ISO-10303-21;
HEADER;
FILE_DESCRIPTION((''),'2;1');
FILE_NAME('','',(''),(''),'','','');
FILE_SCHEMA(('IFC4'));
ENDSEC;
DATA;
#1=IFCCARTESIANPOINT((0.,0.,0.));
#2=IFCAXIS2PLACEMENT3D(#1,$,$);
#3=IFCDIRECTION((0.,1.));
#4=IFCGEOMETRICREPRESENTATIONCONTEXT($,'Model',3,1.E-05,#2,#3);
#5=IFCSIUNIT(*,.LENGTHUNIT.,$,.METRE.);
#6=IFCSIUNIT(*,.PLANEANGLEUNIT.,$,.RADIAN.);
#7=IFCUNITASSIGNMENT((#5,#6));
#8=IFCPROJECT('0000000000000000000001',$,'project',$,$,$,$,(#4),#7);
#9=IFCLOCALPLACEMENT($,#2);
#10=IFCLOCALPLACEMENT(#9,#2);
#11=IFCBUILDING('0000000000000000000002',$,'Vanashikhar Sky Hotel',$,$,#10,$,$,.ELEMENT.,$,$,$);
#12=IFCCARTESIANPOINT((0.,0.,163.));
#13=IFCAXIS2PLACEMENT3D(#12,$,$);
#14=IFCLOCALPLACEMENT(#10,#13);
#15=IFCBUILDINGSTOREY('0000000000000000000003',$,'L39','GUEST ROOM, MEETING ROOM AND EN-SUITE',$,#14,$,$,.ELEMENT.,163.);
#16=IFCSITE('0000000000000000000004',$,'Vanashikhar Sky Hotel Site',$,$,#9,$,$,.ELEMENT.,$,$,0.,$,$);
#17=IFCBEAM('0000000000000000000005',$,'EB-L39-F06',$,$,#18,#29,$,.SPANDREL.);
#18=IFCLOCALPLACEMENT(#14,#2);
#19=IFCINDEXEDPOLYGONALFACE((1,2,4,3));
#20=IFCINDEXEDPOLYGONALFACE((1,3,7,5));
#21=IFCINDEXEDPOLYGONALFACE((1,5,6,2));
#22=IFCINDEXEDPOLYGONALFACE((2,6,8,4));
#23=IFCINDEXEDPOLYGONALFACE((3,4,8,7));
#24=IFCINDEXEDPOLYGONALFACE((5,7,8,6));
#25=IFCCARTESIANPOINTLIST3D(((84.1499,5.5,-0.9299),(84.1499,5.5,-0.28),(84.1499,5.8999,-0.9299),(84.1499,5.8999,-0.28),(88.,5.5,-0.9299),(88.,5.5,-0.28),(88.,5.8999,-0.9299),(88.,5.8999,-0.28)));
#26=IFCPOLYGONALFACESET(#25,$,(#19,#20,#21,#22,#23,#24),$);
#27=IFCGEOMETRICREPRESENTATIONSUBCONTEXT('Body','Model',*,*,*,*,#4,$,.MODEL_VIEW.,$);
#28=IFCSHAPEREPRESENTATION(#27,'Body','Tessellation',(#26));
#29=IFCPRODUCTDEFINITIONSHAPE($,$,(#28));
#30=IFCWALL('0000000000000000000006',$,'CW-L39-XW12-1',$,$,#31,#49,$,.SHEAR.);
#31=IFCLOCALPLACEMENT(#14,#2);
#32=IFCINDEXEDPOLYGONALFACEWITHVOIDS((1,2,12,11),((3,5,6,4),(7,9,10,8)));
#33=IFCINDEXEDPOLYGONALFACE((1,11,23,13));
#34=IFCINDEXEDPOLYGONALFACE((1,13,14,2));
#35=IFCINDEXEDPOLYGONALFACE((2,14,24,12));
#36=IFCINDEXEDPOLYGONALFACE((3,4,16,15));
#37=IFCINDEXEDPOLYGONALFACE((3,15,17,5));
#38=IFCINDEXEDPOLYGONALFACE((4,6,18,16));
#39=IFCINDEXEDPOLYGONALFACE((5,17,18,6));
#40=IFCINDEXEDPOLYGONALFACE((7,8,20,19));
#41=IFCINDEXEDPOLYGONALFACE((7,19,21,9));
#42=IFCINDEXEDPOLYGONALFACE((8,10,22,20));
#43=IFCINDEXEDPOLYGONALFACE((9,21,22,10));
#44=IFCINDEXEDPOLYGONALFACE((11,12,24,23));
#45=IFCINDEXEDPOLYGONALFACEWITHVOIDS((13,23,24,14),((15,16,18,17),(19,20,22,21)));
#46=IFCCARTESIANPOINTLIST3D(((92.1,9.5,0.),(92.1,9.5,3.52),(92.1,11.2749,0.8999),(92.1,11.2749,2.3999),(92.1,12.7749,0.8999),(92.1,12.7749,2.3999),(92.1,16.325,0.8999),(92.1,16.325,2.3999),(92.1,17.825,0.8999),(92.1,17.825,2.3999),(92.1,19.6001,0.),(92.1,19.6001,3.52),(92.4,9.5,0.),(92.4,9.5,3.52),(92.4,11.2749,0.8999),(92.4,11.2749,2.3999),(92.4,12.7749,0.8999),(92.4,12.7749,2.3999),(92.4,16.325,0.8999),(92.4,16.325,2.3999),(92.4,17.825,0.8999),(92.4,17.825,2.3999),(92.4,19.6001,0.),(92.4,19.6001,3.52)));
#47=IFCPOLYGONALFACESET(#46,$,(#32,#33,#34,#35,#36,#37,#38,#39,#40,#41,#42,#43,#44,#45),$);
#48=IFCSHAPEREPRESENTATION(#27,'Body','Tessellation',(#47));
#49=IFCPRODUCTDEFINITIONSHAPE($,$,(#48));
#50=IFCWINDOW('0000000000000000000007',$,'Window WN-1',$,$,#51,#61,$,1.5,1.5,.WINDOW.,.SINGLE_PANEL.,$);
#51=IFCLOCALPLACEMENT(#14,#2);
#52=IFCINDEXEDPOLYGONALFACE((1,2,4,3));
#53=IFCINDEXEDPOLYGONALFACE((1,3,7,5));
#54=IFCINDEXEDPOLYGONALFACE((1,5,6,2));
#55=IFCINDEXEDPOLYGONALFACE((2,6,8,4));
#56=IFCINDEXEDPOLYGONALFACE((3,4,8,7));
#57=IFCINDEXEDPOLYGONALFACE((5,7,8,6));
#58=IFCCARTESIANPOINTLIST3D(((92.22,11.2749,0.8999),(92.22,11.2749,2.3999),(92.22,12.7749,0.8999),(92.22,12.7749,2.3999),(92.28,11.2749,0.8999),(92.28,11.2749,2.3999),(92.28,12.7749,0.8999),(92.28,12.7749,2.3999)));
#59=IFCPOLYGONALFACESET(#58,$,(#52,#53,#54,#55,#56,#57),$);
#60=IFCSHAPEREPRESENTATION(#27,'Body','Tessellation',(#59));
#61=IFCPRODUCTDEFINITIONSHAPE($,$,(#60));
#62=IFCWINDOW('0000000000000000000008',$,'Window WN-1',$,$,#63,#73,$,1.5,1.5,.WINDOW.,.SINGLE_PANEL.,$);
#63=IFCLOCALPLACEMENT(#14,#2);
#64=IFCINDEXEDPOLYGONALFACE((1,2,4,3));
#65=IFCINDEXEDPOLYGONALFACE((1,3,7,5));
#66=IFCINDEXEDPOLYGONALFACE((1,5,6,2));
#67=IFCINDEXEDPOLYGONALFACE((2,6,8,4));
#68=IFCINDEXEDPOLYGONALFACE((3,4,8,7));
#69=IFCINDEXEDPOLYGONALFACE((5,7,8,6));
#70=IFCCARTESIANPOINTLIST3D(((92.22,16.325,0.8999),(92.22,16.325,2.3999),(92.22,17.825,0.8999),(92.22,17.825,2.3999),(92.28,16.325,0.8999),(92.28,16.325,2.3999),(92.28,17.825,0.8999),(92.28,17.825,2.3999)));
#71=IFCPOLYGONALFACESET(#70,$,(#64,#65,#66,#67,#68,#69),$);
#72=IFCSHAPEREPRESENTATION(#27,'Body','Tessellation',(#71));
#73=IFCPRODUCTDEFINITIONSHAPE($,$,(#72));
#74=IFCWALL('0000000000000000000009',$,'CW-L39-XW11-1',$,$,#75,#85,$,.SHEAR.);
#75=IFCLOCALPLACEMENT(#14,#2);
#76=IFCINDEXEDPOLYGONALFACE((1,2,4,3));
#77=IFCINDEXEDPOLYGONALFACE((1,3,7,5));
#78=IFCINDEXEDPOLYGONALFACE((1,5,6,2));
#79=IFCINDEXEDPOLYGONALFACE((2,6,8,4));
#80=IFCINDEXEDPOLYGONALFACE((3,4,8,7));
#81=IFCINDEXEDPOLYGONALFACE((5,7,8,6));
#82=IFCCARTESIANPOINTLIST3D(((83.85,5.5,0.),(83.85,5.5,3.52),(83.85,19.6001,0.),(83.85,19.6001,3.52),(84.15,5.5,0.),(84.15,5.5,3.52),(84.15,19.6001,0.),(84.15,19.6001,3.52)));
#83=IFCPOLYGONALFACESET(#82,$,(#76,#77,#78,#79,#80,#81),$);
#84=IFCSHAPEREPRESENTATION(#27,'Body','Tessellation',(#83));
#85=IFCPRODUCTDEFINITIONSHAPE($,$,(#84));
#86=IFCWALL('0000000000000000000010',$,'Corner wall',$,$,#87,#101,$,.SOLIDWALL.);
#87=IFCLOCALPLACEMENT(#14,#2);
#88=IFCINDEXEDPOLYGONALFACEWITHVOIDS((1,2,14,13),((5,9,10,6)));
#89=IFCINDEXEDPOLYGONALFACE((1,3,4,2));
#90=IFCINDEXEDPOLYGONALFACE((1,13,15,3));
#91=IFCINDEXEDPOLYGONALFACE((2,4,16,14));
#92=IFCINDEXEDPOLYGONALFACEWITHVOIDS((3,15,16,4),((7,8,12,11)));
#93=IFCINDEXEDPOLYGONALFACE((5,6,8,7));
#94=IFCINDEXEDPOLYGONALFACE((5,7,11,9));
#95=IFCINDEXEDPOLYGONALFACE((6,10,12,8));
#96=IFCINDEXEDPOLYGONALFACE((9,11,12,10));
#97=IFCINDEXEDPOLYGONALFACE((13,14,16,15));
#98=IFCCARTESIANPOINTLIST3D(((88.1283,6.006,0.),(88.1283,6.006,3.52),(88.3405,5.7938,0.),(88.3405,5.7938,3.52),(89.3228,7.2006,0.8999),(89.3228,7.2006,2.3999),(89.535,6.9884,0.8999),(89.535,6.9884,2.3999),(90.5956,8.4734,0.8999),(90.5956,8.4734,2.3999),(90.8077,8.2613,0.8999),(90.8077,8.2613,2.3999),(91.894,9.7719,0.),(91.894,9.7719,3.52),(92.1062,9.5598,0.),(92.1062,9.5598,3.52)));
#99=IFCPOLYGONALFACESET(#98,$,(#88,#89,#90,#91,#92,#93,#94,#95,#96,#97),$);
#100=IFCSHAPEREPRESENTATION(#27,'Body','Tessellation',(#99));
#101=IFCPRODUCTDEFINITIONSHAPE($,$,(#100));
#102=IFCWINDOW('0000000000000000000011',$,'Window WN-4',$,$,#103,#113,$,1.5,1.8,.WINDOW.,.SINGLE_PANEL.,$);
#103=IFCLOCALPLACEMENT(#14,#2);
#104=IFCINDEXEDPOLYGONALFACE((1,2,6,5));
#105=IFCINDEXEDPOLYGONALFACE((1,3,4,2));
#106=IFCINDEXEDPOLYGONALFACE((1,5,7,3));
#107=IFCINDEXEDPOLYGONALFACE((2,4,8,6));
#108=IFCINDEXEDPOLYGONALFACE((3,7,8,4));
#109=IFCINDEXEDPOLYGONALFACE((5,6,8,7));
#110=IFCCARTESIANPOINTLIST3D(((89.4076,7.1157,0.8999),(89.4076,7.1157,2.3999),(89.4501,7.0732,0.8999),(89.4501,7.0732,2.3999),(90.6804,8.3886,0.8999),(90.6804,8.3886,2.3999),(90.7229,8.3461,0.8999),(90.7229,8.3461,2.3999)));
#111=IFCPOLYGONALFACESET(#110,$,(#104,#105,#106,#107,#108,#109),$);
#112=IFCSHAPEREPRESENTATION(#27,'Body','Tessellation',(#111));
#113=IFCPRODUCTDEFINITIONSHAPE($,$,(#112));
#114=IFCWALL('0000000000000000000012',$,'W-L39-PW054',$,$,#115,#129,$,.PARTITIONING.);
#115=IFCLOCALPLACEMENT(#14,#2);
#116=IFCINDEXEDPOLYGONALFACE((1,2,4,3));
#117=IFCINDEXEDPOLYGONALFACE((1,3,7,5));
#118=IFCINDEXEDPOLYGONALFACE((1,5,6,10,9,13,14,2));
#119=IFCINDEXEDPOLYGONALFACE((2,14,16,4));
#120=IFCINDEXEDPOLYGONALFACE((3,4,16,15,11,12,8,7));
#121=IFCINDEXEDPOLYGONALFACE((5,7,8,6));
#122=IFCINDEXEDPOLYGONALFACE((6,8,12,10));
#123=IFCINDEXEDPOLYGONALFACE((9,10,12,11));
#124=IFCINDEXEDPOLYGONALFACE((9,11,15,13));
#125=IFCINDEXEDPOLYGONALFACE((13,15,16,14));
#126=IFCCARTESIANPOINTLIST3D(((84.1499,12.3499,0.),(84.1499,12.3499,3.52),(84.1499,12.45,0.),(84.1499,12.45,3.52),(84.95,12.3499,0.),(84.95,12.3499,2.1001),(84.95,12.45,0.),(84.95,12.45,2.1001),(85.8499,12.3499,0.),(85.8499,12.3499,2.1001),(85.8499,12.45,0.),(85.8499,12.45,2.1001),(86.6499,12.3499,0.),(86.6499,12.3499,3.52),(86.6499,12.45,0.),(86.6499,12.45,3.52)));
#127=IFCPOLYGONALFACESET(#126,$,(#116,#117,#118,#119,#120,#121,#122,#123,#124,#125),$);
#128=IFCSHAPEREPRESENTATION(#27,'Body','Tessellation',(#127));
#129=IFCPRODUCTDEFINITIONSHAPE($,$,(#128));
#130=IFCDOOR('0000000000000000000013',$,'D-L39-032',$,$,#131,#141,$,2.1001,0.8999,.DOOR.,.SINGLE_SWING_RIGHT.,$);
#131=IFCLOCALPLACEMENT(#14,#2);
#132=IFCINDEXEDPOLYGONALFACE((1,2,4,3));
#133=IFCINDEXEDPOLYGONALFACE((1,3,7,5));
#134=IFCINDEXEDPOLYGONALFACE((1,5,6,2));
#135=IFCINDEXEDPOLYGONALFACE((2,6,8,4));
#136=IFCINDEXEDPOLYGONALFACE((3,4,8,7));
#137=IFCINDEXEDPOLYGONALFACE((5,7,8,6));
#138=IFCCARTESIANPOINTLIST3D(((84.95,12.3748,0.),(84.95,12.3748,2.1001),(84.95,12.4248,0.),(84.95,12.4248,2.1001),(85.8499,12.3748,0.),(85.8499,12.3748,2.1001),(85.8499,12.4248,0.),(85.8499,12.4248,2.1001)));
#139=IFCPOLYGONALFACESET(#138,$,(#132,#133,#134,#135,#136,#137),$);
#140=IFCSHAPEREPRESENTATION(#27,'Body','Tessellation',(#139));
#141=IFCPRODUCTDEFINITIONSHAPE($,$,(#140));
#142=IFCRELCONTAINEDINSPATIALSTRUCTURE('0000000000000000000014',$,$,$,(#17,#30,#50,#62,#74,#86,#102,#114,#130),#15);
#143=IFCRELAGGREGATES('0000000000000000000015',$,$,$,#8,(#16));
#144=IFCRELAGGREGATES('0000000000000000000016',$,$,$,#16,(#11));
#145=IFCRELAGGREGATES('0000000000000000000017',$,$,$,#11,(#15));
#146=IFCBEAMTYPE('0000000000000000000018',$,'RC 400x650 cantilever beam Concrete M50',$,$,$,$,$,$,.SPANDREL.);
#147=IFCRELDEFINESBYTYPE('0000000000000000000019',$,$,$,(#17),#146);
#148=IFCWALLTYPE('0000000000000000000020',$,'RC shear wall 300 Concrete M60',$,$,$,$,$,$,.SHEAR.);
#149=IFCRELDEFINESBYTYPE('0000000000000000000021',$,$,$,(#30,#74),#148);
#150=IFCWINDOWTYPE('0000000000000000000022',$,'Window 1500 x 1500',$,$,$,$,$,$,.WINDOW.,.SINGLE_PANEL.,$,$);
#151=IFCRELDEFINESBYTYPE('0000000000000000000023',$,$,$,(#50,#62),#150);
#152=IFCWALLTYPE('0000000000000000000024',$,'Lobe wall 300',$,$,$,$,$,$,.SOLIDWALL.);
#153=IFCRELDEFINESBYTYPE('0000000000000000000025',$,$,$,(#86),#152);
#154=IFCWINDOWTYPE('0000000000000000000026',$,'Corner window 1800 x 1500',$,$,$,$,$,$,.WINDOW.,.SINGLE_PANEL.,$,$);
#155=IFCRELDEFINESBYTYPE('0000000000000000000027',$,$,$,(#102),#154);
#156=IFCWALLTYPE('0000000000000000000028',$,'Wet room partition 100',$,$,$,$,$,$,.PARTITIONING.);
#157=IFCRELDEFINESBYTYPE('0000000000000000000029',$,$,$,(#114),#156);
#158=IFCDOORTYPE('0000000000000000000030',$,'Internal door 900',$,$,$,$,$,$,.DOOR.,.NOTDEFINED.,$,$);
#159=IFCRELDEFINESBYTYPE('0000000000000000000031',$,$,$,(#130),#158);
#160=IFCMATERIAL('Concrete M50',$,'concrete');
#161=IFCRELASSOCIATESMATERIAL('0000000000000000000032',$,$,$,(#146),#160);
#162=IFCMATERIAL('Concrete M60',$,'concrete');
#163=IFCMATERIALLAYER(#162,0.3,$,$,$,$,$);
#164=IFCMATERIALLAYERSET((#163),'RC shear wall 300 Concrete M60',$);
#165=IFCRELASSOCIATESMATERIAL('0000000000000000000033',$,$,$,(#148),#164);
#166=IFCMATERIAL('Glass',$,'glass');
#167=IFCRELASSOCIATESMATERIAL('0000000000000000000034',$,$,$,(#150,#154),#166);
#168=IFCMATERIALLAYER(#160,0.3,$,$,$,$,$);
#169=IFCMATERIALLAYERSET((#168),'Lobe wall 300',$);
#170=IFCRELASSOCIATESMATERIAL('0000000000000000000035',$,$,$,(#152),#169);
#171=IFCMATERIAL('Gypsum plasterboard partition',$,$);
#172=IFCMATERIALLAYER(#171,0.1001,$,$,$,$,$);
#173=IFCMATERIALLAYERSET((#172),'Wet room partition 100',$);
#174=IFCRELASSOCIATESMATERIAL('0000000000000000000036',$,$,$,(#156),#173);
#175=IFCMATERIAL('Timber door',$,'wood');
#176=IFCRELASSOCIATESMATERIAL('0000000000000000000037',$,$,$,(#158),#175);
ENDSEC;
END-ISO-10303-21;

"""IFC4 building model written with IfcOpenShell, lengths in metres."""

from ifc_helpers import new_model, si_unit, direction, frame, frame_2d, origin, origin_2d, place, context, subcontext, project, spatial, rectangle, extrude, source, transform, mapped, material, layer, layer_set, material_profile, profile_set, type_object, element, fill, save


model = new_model("IFC4")

# Units and contexts
model_context = context("Model", 3, precision=1e-05, world=origin(), true_north=direction((0.0, 1.0)))
body_context = subcontext(model_context, "Body", "Model", "MODEL_VIEW")
ifc_project = project(units=[si_unit("LENGTHUNIT", "METRE"), si_unit("PLANEANGLEUNIT", "RADIAN")], contexts=[model_context])

# Site, building, storey
site_placement = place(None, origin())
site = spatial("IfcSite", under=ifc_project, at=site_placement, Name="Vanashikhar Sky Hotel Site", CompositionType="ELEMENT", RefElevation=0.0)
building_placement = place(site_placement, origin())
building = spatial("IfcBuilding", under=site, at=building_placement, Name="Vanashikhar Sky Hotel", CompositionType="ELEMENT")
storey_placement = place(building_placement, frame((0.0, 0.0, 163.0)))
storey = spatial("IfcBuildingStorey", under=building, at=storey_placement, Name="L39", Description="GUEST ROOM, MEETING ROOM AND EN-SUITE", CompositionType="ELEMENT", Elevation=163.0)

# Beam
ifc_material_1 = material(Name="Concrete M50", Category="concrete")
ifc_material_profile = material_profile(ifc_material_1, rectangle(XDim=0.3999, YDim=0.6499, at=origin_2d()))
ifc_profile_set = profile_set([ifc_material_profile], Name="RC 400x650 cantilever beam Concrete M50")
beam_type = type_object("IfcBeamType", Name="RC 400x650 cantilever beam Concrete M50", PredefinedType="SPANDREL", material=ifc_profile_set)
shared_shape_1 = source(origin(), body_context, "Body", "SweptSolid", [
    extrude(rectangle(XDim=0.3999, YDim=0.6499, at=origin_2d()), origin(), (0.0, 0.0, 1.0), 3.8501),
])
beam_placement = place(storey_placement, frame((84.1499, 5.7, -0.605), z_axis=(1.0, 0.0, 0.0), x_axis=(0.0, 1.0, 0.0)))
element("IfcBeam", 1, at=beam_placement, inside=storey, type_object=beam_type, Name="EB-L39-F06", PredefinedType="SPANDREL", context=body_context, shape_type="MappedRepresentation", body=[
    mapped(shared_shape_1, transform((0.0, 0.0, 0.0), scale=1.0)),
])

# Wall, openings, windows
ifc_material_2 = material(Name="Concrete M60", Category="concrete")
ifc_layer_1 = layer(ifc_material_2, 0.3)
ifc_layer_set_1 = layer_set([ifc_layer_1], Name="RC shear wall 300 Concrete M60")
wall_type_1 = type_object("IfcWallType", Name="RC shear wall 300 Concrete M60", PredefinedType="SHEAR", material=ifc_layer_set_1)
shared_shape_2 = source(origin(), body_context, "Body", "SweptSolid", [
    extrude(rectangle(XDim=10.1001, YDim=0.3, at=frame_2d((5.05, 0.0))), origin(), (0.0, 0.0, 1.0), 3.52),
])
wall_1_placement = place(storey_placement, frame((92.25, 9.5, 0.0), z_axis=(0.0, 0.0, 1.0), x_axis=(0.0, 1.0, 0.0)))
wall_1 = element("IfcWall", 2, at=wall_1_placement, inside=storey, type_object=wall_type_1, Name="CW-L39-XW12-1", PredefinedType="SHEAR", context=body_context, shape_type="MappedRepresentation", body=[
    mapped(shared_shape_2, transform((0.0, 0.0, 0.0), scale=1.0)),
])
shared_shape_3 = source(origin(), body_context, "Body", "SweptSolid", [
    extrude(rectangle(XDim=1.5, YDim=1.5, at=frame_2d((0.75, 0.75))), frame((0.0, 0.1602, 0.0), z_axis=(0.0, -1.0, 0.0), x_axis=(1.0, 0.0, 0.0)), (0.0, 0.0, 1.0), 0.3201),
])
opening_1_placement = place(wall_1_placement, frame((1.7749, 0.0, 0.8999)))
opening_1 = element("IfcOpeningElement", 3, at=opening_1_placement, cuts=wall_1, PredefinedType="OPENING", context=body_context, shape_type="MappedRepresentation", body=[
    mapped(shared_shape_3, transform((0.0, 0.0, 0.0), scale=1.0)),
])
opening_2_placement = place(wall_1_placement, frame((6.825, 0.0, 0.8999)))
opening_2 = element("IfcOpeningElement", 4, at=opening_2_placement, cuts=wall_1, PredefinedType="OPENING", context=body_context, shape_type="MappedRepresentation", body=[
    mapped(shared_shape_3, transform((0.0, 0.0, 0.0), scale=1.0)),
])
ifc_material_3 = material(Name="Glass", Category="glass")
window_type_1 = type_object("IfcWindowType", Name="Window 1500 x 1500", PartitioningType="SINGLE_PANEL", PredefinedType="WINDOW", material=ifc_material_3)
shared_shape_4 = source(origin(), body_context, "Body", "SweptSolid", [
    extrude(rectangle(XDim=1.5, YDim=1.5, at=frame_2d((0.75, 0.75))), frame((0.0, 0.03, 0.0), z_axis=(0.0, -1.0, 0.0), x_axis=(1.0, 0.0, 0.0)), (0.0, 0.0, 1.0), 0.0601),
])
window_1_placement = place(opening_1_placement, origin())
window_1 = element("IfcWindow", 5, at=window_1_placement, inside=storey, type_object=window_type_1, Name="Window WN-1", OverallHeight=1.5, OverallWidth=1.5, PartitioningType="SINGLE_PANEL", PredefinedType="WINDOW", context=body_context, shape_type="MappedRepresentation", body=[
    mapped(shared_shape_4, transform((0.0, 0.0, 0.0), scale=1.0)),
])
fill(opening_1, window_1)
window_2_placement = place(opening_2_placement, origin())
window_2 = element("IfcWindow", 6, at=window_2_placement, inside=storey, type_object=window_type_1, Name="Window WN-1", OverallHeight=1.5, OverallWidth=1.5, PartitioningType="SINGLE_PANEL", PredefinedType="WINDOW", context=body_context, shape_type="MappedRepresentation", body=[
    mapped(shared_shape_4, transform((0.0, 0.0, 0.0), scale=1.0)),
])
fill(opening_2, window_2)

# Wall
shared_shape_5 = source(origin(), body_context, "Body", "SweptSolid", [
    extrude(rectangle(XDim=14.1001, YDim=0.3, at=frame_2d((7.05, 0.0))), origin(), (0.0, 0.0, 1.0), 3.52),
])
wall_2_placement = place(storey_placement, frame((84.0, 5.5, 0.0), z_axis=(0.0, 0.0, 1.0), x_axis=(0.0, 1.0, 0.0)))
element("IfcWall", 7, at=wall_2_placement, inside=storey, type_object=wall_type_1, Name="CW-L39-XW11-1", PredefinedType="SHEAR", context=body_context, shape_type="MappedRepresentation", body=[
    mapped(shared_shape_5, transform((0.0, 0.0, 0.0), scale=1.0)),
])

# Wall, opening, window
ifc_layer_2 = layer(ifc_material_1, 0.3)
ifc_layer_set_2 = layer_set([ifc_layer_2], Name="Lobe wall 300")
wall_type_2 = type_object("IfcWallType", Name="Lobe wall 300", PredefinedType="SOLIDWALL", material=ifc_layer_set_2)
shared_shape_6 = source(origin(), body_context, "Body", "SweptSolid", [
    extrude(rectangle(XDim=5.3257, YDim=0.3, at=frame_2d((2.6628, 0.0))), origin(), (0.0, 0.0, 1.0), 3.52),
])
wall_3_placement = place(storey_placement, frame((88.2344, 5.8999, 0.0), z_axis=(0.0, 0.0, 1.0), x_axis=(0.707084, 0.70713, 0.0)))
wall_3 = element("IfcWall", 8, at=wall_3_placement, inside=storey, type_object=wall_type_2, Name="Corner wall", PredefinedType="SOLIDWALL", context=body_context, shape_type="MappedRepresentation", body=[
    mapped(shared_shape_6, transform((0.0, 0.0, 0.0), scale=1.0)),
])
shared_shape_7 = source(origin(), body_context, "Body", "SweptSolid", [
    extrude(rectangle(XDim=1.8, YDim=1.5, at=frame_2d((0.8999, 0.75))), frame((0.0, 0.1602, 0.0), z_axis=(0.0, -1.0, 0.0), x_axis=(1.0, 0.0, 0.0)), (0.0, 0.0, 1.0), 0.3201),
])
opening_3_placement = place(wall_3_placement, frame((1.6895, 0.0, 0.8999)))
opening_3 = element("IfcOpeningElement", 9, at=opening_3_placement, cuts=wall_3, PredefinedType="OPENING", context=body_context, shape_type="MappedRepresentation", body=[
    mapped(shared_shape_7, transform((0.0, 0.0, 0.0), scale=1.0)),
])
window_type_2 = type_object("IfcWindowType", Name="Corner window 1800 x 1500", PartitioningType="SINGLE_PANEL", PredefinedType="WINDOW", material=ifc_material_3)
shared_shape_8 = source(origin(), body_context, "Body", "SweptSolid", [
    extrude(rectangle(XDim=1.8, YDim=1.5, at=frame_2d((0.8999, 0.75))), frame((0.0, 0.03, 0.0), z_axis=(0.0, -1.0, 0.0), x_axis=(1.0, 0.0, 0.0)), (0.0, 0.0, 1.0), 0.0601),
])
window_3_placement = place(opening_3_placement, origin())
window_3 = element("IfcWindow", 10, at=window_3_placement, inside=storey, type_object=window_type_2, Name="Window WN-4", OverallHeight=1.5, OverallWidth=1.8, PartitioningType="SINGLE_PANEL", PredefinedType="WINDOW", context=body_context, shape_type="MappedRepresentation", body=[
    mapped(shared_shape_8, transform((0.0, 0.0, 0.0), scale=1.0)),
])
fill(opening_3, window_3)

# Wall, opening, door
ifc_material_4 = material(Name="Gypsum plasterboard partition")
ifc_layer_3 = layer(ifc_material_4, 0.1001)
ifc_layer_set_3 = layer_set([ifc_layer_3], Name="Wet room partition 100")
wall_type_3 = type_object("IfcWallType", Name="Wet room partition 100", PredefinedType="PARTITIONING", material=ifc_layer_set_3)
shared_shape_9 = source(origin(), body_context, "Body", "SweptSolid", [
    extrude(rectangle(XDim=2.5, YDim=0.1001, at=frame_2d((1.25, 0.0))), origin(), (0.0, 0.0, 1.0), 3.52),
])
wall_4_placement = place(storey_placement, frame((84.1499, 12.3999, 0.0), z_axis=(0.0, 0.0, 1.0), x_axis=(1.0, 0.0, 0.0)))
wall_4 = element("IfcWall", 11, at=wall_4_placement, inside=storey, type_object=wall_type_3, Name="W-L39-PW054", PredefinedType="PARTITIONING", context=body_context, shape_type="MappedRepresentation", body=[
    mapped(shared_shape_9, transform((0.0, 0.0, 0.0), scale=1.0)),
])
shared_shape_10 = source(origin(), body_context, "Body", "SweptSolid", [
    extrude(rectangle(XDim=0.8999, YDim=2.1001, at=frame_2d((0.45, 1.05))), frame((0.0, 0.0601, 0.0), z_axis=(0.0, -1.0, 0.0), x_axis=(1.0, 0.0, 0.0)), (0.0, 0.0, 1.0), 0.1201),
])
opening_4_placement = place(wall_4_placement, frame((0.8, 0.0, 0.0)))
opening_4 = element("IfcOpeningElement", 12, at=opening_4_placement, cuts=wall_4, PredefinedType="OPENING", context=body_context, shape_type="MappedRepresentation", body=[
    mapped(shared_shape_10, transform((0.0, 0.0, 0.0), scale=1.0)),
])
ifc_material_5 = material(Name="Timber door", Category="wood")
door_type_1 = type_object("IfcDoorType", Name="Internal door 900", OperationType="NOTDEFINED", PredefinedType="DOOR", material=ifc_material_5)
shared_shape_11 = source(origin(), body_context, "Body", "SweptSolid", [
    extrude(rectangle(XDim=0.8999, YDim=2.1001, at=frame_2d((0.45, 1.05))), frame((0.0, 0.0249, 0.0), z_axis=(0.0, -1.0, 0.0), x_axis=(1.0, 0.0, 0.0)), (0.0, 0.0, 1.0), 0.05),
])
door_1_placement = place(opening_4_placement, origin())
door_1 = element("IfcDoor", 13, at=door_1_placement, inside=storey, type_object=door_type_1, Name="D-L39-032", OperationType="SINGLE_SWING_RIGHT", OverallHeight=2.1001, OverallWidth=0.8999, PredefinedType="DOOR", context=body_context, shape_type="MappedRepresentation", body=[
    mapped(shared_shape_11, transform((0.0, 0.0, 0.0), scale=1.0)),
])
fill(opening_4, door_1)

save(model, "model.ifc")
